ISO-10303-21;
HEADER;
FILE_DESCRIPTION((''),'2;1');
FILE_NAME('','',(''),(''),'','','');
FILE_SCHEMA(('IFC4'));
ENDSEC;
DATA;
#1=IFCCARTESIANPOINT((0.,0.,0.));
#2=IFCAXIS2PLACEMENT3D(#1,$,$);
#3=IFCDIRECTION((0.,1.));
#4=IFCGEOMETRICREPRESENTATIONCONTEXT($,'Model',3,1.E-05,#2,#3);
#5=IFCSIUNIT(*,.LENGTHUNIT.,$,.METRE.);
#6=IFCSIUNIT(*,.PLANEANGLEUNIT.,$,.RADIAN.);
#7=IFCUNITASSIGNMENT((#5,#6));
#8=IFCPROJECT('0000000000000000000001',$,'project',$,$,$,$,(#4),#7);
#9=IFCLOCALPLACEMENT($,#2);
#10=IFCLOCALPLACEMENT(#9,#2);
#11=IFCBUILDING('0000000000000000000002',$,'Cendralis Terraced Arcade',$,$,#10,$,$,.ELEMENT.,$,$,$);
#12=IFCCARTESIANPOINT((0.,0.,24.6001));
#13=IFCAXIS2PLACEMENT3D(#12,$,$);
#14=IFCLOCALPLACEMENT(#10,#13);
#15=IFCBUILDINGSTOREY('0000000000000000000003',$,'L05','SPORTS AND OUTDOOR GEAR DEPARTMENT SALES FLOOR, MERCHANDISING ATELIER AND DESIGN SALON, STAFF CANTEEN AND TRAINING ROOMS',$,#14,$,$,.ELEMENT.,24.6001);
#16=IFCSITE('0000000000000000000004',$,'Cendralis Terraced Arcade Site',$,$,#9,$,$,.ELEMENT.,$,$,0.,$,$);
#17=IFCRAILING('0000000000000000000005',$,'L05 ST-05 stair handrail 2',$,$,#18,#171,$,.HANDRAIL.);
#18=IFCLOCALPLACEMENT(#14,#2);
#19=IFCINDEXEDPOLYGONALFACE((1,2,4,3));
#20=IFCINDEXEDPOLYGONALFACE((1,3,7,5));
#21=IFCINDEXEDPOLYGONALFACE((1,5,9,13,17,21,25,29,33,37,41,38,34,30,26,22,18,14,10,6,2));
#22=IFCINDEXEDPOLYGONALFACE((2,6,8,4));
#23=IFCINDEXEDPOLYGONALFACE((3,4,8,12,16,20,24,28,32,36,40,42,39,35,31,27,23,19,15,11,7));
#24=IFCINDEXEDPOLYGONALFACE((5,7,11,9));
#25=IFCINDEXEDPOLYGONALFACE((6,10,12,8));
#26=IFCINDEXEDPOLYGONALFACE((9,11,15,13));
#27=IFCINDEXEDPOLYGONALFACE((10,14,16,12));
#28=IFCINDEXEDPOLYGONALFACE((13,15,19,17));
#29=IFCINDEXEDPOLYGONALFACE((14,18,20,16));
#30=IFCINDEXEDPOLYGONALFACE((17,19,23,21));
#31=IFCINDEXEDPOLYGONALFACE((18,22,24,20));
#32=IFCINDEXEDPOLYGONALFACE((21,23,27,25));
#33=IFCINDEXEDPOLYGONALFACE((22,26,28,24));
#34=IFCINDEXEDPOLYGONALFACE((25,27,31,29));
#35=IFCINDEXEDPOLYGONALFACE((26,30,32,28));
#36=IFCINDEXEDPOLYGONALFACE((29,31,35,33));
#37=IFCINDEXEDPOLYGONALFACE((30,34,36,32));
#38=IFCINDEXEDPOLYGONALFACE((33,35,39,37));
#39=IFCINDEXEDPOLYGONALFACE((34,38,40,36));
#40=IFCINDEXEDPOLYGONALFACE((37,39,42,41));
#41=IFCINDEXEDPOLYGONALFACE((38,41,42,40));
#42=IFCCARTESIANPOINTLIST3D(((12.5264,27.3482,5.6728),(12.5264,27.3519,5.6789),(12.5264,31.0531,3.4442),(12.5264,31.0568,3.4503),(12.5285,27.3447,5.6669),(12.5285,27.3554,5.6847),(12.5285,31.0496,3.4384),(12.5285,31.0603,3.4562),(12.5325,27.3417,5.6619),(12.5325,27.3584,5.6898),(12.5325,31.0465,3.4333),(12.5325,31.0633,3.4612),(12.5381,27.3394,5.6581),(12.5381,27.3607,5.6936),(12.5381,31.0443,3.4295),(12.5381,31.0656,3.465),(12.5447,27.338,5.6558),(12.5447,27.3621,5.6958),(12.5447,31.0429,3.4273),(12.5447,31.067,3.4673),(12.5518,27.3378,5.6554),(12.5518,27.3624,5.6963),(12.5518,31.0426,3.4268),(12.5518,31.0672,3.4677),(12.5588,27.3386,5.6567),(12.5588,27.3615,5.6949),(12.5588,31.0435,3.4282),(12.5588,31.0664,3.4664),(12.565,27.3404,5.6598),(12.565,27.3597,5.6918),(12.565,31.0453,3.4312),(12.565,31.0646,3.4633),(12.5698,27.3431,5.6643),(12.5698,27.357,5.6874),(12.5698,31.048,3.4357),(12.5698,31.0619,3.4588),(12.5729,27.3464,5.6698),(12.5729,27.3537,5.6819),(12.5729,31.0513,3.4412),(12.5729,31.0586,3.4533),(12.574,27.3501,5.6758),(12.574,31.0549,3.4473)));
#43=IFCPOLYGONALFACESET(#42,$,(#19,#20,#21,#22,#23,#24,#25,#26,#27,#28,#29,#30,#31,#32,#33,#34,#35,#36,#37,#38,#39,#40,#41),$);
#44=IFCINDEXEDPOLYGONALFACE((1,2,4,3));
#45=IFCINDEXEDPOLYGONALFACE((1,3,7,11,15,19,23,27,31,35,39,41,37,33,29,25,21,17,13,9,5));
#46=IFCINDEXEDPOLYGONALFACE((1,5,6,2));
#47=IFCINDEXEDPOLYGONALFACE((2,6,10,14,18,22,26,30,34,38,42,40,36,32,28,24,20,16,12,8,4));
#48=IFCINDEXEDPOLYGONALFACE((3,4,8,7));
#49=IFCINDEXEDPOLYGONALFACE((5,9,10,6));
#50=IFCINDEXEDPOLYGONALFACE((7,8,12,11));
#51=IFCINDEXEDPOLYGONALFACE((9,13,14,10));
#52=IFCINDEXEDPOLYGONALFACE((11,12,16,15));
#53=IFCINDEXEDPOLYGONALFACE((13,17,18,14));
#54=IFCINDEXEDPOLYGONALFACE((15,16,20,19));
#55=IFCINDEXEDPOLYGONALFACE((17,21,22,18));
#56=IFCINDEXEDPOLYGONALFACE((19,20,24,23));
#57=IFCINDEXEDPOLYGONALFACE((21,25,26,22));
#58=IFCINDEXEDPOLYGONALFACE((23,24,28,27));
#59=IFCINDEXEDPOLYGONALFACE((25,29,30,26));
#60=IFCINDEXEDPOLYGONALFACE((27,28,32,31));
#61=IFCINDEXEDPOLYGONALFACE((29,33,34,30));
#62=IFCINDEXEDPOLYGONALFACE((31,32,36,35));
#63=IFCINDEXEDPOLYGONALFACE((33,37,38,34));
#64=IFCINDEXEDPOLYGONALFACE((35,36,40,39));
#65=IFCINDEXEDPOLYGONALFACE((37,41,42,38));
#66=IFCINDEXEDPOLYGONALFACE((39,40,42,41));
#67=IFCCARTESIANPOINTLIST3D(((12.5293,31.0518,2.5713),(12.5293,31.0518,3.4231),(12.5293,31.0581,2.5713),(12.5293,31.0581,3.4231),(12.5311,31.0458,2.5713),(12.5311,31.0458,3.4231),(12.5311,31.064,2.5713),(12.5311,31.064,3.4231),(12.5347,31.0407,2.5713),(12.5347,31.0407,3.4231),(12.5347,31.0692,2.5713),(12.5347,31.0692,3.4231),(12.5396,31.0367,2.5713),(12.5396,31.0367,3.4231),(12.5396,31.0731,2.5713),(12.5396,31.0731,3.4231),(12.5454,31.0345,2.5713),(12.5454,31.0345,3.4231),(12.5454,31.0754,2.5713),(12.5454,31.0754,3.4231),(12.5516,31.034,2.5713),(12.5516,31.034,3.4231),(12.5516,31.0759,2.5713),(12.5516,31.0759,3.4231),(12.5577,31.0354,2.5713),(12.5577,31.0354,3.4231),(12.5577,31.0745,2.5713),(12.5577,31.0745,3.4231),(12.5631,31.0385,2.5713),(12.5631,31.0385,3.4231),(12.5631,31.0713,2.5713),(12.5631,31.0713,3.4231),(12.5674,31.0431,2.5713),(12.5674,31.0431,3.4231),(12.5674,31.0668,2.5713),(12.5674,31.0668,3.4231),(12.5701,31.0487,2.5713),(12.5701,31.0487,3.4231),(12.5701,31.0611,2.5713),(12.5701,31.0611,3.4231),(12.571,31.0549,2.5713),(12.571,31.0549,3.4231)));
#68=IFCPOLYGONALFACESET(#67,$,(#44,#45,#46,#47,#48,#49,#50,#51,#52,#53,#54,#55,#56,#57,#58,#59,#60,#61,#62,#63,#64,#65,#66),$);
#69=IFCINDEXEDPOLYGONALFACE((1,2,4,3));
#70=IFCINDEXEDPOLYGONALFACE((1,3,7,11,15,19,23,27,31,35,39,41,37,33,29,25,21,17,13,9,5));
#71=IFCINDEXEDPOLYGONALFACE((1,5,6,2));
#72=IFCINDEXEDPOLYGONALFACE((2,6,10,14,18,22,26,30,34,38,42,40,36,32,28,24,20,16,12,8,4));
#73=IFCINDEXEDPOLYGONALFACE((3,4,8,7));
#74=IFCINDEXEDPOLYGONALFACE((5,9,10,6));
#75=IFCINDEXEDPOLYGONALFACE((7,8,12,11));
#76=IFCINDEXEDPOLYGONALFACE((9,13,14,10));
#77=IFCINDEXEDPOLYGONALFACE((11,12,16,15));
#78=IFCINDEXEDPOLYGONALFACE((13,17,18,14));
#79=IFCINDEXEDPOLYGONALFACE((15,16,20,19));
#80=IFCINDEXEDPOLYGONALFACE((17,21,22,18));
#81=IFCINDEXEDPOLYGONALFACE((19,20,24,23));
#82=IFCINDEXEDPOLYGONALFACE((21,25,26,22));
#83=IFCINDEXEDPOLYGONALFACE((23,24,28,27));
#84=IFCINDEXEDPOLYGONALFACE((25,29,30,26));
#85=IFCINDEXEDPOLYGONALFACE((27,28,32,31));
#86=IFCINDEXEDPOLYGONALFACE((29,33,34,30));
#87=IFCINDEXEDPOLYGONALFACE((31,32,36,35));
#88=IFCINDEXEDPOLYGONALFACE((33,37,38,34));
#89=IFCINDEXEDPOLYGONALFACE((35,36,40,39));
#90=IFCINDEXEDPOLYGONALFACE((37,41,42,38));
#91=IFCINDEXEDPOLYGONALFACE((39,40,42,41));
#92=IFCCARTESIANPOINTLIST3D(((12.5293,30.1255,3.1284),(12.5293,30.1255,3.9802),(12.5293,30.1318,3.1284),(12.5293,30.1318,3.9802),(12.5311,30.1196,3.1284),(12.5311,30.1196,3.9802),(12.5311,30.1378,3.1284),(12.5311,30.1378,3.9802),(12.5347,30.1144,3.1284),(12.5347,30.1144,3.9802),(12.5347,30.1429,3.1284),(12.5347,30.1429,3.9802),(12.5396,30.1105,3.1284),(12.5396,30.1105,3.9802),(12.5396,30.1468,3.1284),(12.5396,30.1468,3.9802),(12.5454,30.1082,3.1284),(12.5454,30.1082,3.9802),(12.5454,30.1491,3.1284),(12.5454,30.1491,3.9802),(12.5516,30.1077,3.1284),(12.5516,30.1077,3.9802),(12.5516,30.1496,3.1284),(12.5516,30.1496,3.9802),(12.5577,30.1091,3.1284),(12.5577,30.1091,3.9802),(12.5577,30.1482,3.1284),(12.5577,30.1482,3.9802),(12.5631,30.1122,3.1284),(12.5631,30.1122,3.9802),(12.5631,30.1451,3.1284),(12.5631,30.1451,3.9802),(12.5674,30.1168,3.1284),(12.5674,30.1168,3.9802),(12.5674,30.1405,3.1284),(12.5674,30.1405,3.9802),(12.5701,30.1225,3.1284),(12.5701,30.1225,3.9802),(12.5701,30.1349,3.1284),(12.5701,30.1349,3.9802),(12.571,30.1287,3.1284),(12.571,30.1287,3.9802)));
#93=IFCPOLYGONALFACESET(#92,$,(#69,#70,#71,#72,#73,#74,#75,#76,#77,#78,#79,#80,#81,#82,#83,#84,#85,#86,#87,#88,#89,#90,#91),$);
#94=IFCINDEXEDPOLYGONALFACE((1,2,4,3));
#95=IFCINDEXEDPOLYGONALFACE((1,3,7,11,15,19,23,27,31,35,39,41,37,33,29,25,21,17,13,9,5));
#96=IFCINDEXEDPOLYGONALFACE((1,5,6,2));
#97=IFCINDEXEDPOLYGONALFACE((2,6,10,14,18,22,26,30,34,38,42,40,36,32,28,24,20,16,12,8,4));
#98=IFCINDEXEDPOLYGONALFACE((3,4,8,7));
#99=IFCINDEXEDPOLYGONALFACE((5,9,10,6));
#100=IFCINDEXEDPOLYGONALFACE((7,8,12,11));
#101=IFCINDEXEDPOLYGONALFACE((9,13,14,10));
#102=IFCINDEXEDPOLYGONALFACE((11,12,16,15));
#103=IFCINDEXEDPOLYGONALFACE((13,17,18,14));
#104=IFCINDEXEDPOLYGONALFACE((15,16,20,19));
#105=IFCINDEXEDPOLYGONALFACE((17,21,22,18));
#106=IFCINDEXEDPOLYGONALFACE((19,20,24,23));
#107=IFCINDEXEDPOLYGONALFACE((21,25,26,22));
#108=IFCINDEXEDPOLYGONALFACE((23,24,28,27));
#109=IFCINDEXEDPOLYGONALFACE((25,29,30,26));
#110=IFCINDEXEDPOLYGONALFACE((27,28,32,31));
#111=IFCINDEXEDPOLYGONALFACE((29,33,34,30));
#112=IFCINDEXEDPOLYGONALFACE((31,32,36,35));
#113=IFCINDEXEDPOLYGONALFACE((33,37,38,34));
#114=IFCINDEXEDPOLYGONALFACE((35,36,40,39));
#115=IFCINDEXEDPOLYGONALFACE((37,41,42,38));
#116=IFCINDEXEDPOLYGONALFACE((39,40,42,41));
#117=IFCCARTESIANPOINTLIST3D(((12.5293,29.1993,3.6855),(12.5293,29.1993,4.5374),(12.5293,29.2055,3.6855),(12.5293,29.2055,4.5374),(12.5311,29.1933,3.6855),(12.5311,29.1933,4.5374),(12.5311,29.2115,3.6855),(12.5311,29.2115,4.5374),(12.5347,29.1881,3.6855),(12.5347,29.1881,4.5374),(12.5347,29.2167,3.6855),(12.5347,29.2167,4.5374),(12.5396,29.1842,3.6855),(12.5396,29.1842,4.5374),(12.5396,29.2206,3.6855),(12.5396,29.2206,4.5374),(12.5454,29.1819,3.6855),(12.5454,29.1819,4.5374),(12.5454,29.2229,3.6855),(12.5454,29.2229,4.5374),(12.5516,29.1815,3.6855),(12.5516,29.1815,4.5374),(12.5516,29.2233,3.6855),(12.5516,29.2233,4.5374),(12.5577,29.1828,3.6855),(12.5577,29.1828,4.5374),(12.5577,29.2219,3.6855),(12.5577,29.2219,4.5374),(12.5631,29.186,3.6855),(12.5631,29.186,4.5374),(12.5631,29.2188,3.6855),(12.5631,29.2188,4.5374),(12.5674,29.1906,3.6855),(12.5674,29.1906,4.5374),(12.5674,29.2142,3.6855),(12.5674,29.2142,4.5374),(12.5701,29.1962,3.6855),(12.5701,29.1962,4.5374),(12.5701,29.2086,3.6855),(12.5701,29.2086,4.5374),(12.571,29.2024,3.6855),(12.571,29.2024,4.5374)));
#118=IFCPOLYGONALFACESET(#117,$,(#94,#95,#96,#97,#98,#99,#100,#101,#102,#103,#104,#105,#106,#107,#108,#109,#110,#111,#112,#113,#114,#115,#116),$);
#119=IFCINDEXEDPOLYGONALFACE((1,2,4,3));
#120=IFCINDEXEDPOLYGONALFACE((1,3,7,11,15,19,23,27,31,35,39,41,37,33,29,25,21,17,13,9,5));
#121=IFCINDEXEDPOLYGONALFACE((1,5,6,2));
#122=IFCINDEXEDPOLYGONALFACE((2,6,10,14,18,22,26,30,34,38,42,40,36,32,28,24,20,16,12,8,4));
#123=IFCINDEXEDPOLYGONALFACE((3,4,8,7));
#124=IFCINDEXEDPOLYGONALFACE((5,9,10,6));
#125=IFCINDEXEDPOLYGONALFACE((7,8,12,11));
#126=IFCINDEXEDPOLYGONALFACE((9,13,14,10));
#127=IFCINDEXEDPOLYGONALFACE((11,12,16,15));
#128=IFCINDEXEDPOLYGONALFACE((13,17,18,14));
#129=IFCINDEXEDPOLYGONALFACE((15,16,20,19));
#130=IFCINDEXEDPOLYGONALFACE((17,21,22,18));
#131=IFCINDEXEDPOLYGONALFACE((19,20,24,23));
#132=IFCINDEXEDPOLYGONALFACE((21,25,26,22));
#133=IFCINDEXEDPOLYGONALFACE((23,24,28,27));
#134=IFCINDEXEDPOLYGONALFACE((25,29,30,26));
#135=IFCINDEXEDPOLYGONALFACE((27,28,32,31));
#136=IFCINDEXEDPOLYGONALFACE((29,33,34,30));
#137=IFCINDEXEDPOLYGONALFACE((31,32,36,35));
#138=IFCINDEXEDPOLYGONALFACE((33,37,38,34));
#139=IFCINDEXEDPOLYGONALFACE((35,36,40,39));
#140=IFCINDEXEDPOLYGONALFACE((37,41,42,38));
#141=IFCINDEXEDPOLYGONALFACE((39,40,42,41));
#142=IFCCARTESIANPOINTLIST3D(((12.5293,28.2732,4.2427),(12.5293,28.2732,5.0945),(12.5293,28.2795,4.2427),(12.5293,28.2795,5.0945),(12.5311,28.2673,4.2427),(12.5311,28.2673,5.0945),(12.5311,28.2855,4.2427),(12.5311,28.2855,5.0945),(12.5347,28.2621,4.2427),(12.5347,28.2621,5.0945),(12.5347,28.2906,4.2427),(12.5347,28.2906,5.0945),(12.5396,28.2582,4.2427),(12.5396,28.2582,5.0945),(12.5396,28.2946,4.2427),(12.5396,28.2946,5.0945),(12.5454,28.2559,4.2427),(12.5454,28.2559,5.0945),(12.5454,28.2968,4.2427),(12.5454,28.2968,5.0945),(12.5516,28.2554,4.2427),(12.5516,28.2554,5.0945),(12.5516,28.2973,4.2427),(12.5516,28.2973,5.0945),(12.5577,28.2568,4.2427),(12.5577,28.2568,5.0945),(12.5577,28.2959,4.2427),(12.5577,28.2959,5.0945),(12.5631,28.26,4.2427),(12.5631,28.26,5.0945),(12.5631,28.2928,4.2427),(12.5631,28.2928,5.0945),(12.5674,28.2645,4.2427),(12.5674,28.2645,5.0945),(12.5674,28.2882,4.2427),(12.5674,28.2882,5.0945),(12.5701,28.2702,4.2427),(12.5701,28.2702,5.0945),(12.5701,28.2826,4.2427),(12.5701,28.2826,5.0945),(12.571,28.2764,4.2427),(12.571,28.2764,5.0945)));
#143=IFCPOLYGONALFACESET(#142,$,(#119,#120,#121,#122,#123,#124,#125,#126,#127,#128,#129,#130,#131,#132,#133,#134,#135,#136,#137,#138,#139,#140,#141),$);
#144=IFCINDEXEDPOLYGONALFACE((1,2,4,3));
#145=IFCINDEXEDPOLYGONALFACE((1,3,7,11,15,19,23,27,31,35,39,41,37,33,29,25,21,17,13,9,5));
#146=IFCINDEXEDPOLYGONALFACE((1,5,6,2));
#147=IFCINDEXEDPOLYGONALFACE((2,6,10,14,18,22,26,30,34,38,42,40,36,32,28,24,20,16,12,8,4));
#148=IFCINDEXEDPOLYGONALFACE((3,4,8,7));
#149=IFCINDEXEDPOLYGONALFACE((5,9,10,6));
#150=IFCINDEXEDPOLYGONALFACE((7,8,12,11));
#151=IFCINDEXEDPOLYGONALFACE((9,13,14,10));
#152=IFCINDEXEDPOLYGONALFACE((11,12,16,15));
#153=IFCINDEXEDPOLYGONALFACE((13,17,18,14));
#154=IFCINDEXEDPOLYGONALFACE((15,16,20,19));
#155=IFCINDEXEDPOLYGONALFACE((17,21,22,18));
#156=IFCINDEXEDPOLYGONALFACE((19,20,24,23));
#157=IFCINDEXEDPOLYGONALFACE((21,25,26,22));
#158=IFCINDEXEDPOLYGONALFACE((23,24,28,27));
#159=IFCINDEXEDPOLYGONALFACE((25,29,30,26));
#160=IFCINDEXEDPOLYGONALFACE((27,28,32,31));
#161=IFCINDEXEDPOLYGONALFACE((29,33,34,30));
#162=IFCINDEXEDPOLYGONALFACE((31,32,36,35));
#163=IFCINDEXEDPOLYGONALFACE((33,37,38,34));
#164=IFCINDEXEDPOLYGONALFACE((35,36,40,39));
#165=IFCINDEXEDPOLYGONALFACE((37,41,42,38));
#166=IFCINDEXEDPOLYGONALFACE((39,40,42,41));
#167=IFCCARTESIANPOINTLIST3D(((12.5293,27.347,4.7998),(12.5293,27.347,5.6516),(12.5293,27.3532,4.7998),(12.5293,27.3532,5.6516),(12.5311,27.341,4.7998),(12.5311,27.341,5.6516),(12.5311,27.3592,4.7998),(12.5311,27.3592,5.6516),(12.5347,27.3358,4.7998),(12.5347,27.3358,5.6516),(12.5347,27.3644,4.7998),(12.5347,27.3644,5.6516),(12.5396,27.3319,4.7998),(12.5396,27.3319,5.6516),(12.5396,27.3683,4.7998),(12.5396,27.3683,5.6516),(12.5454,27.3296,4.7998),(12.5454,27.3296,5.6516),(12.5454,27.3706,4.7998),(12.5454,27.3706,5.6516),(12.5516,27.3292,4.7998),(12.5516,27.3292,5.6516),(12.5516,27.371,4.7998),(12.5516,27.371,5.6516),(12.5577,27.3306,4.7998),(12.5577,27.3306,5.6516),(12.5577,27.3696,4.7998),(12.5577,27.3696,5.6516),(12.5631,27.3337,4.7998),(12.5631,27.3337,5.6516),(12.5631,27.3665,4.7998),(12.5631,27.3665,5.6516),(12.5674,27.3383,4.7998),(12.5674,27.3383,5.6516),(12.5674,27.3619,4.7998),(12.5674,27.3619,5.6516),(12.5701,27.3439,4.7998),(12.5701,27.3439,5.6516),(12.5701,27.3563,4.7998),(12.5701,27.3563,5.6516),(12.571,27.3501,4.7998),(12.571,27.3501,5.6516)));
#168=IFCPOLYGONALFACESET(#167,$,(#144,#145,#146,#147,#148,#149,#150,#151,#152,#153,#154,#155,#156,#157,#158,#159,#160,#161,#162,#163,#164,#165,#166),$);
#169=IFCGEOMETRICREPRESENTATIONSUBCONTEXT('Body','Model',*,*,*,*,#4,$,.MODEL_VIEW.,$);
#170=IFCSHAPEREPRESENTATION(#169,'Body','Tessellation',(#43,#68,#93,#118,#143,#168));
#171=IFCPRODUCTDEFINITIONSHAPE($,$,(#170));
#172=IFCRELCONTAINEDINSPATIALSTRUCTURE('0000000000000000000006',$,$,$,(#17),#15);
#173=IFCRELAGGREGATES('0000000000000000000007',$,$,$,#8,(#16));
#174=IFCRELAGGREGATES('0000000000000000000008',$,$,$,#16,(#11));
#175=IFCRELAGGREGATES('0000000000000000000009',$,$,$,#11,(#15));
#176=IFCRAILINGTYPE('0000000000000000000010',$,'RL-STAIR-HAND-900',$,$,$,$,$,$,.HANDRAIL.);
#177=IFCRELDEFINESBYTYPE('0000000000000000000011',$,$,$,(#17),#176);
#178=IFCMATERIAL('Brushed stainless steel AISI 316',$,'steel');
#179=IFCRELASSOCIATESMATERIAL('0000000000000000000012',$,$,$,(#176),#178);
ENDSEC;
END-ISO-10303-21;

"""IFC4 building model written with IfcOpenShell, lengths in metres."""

from ifc_helpers import new_model, si_unit, direction, frame, origin, origin_2d, place, context, subcontext, project, spatial, circle, extrude, material, type_object, element, save


model = new_model("IFC4")

# Units and contexts
model_context = context("Model", 3, precision=1e-05, world=origin(), true_north=direction((0.0, 1.0)))
body_context = subcontext(model_context, "Body", "Model", "MODEL_VIEW")
ifc_project = project(units=[si_unit("LENGTHUNIT", "METRE"), si_unit("PLANEANGLEUNIT", "RADIAN")], contexts=[model_context])

# Site, building, storey
site_placement = place(None, origin())
site = spatial("IfcSite", under=ifc_project, at=site_placement, Name="Cendralis Terraced Arcade Site", CompositionType="ELEMENT", RefElevation=0.0)
building_placement = place(site_placement, origin())
building = spatial("IfcBuilding", under=site, at=building_placement, Name="Cendralis Terraced Arcade", CompositionType="ELEMENT")
storey_placement = place(building_placement, frame((0.0, 0.0, 24.6001)))
storey = spatial("IfcBuildingStorey", under=building, at=storey_placement, Name="L05", Description="SPORTS AND OUTDOOR GEAR DEPARTMENT SALES FLOOR, MERCHANDISING ATELIER AND DESIGN SALON, STAFF CANTEEN AND TRAINING ROOMS", CompositionType="ELEMENT", Elevation=24.6001)

# Railing
ifc_material_1 = material(Name="Brushed stainless steel AISI 316", Category="steel")
railing_type_1 = type_object("IfcRailingType", Name="RL-STAIR-HAND-900", PredefinedType="HANDRAIL", material=ifc_material_1)
railing_1_placement = place(storey_placement, frame((12.55, 31.0549, 2.5713)))
element("IfcRailing", 1, at=railing_1_placement, inside=storey, type_object=railing_type_1, Name="L05 ST-05 stair handrail 2", PredefinedType="HANDRAIL", context=body_context, shape_type="SweptSolid", body=[
    extrude(circle(Radius=0.0239, at=origin_2d()), frame((0.0, 0.0, 0.876), z_axis=(0.0, -0.856919, 0.51545), x_axis=(1.0, 0.0, 0.0)), (0.0, 0.0, 1.0), 4.3235),
    extrude(circle(Radius=0.021, at=origin_2d()), origin(), (0.0, 0.0, 1.0), 0.8518),
    extrude(circle(Radius=0.021, at=origin_2d()), frame((0.0, -0.9263, 0.5571)), (0.0, 0.0, 1.0), 0.8518),
    extrude(circle(Radius=0.021, at=origin_2d()), frame((0.0, -1.8525, 1.1143)), (0.0, 0.0, 1.0), 0.8518),
    extrude(circle(Radius=0.021, at=origin_2d()), frame((0.0, -2.7786, 1.6714)), (0.0, 0.0, 1.0), 0.8518),
    extrude(circle(Radius=0.021, at=origin_2d()), frame((0.0, -3.7048, 2.2285)), (0.0, 0.0, 1.0), 0.8518),
])

save(model, "model.ifc")
